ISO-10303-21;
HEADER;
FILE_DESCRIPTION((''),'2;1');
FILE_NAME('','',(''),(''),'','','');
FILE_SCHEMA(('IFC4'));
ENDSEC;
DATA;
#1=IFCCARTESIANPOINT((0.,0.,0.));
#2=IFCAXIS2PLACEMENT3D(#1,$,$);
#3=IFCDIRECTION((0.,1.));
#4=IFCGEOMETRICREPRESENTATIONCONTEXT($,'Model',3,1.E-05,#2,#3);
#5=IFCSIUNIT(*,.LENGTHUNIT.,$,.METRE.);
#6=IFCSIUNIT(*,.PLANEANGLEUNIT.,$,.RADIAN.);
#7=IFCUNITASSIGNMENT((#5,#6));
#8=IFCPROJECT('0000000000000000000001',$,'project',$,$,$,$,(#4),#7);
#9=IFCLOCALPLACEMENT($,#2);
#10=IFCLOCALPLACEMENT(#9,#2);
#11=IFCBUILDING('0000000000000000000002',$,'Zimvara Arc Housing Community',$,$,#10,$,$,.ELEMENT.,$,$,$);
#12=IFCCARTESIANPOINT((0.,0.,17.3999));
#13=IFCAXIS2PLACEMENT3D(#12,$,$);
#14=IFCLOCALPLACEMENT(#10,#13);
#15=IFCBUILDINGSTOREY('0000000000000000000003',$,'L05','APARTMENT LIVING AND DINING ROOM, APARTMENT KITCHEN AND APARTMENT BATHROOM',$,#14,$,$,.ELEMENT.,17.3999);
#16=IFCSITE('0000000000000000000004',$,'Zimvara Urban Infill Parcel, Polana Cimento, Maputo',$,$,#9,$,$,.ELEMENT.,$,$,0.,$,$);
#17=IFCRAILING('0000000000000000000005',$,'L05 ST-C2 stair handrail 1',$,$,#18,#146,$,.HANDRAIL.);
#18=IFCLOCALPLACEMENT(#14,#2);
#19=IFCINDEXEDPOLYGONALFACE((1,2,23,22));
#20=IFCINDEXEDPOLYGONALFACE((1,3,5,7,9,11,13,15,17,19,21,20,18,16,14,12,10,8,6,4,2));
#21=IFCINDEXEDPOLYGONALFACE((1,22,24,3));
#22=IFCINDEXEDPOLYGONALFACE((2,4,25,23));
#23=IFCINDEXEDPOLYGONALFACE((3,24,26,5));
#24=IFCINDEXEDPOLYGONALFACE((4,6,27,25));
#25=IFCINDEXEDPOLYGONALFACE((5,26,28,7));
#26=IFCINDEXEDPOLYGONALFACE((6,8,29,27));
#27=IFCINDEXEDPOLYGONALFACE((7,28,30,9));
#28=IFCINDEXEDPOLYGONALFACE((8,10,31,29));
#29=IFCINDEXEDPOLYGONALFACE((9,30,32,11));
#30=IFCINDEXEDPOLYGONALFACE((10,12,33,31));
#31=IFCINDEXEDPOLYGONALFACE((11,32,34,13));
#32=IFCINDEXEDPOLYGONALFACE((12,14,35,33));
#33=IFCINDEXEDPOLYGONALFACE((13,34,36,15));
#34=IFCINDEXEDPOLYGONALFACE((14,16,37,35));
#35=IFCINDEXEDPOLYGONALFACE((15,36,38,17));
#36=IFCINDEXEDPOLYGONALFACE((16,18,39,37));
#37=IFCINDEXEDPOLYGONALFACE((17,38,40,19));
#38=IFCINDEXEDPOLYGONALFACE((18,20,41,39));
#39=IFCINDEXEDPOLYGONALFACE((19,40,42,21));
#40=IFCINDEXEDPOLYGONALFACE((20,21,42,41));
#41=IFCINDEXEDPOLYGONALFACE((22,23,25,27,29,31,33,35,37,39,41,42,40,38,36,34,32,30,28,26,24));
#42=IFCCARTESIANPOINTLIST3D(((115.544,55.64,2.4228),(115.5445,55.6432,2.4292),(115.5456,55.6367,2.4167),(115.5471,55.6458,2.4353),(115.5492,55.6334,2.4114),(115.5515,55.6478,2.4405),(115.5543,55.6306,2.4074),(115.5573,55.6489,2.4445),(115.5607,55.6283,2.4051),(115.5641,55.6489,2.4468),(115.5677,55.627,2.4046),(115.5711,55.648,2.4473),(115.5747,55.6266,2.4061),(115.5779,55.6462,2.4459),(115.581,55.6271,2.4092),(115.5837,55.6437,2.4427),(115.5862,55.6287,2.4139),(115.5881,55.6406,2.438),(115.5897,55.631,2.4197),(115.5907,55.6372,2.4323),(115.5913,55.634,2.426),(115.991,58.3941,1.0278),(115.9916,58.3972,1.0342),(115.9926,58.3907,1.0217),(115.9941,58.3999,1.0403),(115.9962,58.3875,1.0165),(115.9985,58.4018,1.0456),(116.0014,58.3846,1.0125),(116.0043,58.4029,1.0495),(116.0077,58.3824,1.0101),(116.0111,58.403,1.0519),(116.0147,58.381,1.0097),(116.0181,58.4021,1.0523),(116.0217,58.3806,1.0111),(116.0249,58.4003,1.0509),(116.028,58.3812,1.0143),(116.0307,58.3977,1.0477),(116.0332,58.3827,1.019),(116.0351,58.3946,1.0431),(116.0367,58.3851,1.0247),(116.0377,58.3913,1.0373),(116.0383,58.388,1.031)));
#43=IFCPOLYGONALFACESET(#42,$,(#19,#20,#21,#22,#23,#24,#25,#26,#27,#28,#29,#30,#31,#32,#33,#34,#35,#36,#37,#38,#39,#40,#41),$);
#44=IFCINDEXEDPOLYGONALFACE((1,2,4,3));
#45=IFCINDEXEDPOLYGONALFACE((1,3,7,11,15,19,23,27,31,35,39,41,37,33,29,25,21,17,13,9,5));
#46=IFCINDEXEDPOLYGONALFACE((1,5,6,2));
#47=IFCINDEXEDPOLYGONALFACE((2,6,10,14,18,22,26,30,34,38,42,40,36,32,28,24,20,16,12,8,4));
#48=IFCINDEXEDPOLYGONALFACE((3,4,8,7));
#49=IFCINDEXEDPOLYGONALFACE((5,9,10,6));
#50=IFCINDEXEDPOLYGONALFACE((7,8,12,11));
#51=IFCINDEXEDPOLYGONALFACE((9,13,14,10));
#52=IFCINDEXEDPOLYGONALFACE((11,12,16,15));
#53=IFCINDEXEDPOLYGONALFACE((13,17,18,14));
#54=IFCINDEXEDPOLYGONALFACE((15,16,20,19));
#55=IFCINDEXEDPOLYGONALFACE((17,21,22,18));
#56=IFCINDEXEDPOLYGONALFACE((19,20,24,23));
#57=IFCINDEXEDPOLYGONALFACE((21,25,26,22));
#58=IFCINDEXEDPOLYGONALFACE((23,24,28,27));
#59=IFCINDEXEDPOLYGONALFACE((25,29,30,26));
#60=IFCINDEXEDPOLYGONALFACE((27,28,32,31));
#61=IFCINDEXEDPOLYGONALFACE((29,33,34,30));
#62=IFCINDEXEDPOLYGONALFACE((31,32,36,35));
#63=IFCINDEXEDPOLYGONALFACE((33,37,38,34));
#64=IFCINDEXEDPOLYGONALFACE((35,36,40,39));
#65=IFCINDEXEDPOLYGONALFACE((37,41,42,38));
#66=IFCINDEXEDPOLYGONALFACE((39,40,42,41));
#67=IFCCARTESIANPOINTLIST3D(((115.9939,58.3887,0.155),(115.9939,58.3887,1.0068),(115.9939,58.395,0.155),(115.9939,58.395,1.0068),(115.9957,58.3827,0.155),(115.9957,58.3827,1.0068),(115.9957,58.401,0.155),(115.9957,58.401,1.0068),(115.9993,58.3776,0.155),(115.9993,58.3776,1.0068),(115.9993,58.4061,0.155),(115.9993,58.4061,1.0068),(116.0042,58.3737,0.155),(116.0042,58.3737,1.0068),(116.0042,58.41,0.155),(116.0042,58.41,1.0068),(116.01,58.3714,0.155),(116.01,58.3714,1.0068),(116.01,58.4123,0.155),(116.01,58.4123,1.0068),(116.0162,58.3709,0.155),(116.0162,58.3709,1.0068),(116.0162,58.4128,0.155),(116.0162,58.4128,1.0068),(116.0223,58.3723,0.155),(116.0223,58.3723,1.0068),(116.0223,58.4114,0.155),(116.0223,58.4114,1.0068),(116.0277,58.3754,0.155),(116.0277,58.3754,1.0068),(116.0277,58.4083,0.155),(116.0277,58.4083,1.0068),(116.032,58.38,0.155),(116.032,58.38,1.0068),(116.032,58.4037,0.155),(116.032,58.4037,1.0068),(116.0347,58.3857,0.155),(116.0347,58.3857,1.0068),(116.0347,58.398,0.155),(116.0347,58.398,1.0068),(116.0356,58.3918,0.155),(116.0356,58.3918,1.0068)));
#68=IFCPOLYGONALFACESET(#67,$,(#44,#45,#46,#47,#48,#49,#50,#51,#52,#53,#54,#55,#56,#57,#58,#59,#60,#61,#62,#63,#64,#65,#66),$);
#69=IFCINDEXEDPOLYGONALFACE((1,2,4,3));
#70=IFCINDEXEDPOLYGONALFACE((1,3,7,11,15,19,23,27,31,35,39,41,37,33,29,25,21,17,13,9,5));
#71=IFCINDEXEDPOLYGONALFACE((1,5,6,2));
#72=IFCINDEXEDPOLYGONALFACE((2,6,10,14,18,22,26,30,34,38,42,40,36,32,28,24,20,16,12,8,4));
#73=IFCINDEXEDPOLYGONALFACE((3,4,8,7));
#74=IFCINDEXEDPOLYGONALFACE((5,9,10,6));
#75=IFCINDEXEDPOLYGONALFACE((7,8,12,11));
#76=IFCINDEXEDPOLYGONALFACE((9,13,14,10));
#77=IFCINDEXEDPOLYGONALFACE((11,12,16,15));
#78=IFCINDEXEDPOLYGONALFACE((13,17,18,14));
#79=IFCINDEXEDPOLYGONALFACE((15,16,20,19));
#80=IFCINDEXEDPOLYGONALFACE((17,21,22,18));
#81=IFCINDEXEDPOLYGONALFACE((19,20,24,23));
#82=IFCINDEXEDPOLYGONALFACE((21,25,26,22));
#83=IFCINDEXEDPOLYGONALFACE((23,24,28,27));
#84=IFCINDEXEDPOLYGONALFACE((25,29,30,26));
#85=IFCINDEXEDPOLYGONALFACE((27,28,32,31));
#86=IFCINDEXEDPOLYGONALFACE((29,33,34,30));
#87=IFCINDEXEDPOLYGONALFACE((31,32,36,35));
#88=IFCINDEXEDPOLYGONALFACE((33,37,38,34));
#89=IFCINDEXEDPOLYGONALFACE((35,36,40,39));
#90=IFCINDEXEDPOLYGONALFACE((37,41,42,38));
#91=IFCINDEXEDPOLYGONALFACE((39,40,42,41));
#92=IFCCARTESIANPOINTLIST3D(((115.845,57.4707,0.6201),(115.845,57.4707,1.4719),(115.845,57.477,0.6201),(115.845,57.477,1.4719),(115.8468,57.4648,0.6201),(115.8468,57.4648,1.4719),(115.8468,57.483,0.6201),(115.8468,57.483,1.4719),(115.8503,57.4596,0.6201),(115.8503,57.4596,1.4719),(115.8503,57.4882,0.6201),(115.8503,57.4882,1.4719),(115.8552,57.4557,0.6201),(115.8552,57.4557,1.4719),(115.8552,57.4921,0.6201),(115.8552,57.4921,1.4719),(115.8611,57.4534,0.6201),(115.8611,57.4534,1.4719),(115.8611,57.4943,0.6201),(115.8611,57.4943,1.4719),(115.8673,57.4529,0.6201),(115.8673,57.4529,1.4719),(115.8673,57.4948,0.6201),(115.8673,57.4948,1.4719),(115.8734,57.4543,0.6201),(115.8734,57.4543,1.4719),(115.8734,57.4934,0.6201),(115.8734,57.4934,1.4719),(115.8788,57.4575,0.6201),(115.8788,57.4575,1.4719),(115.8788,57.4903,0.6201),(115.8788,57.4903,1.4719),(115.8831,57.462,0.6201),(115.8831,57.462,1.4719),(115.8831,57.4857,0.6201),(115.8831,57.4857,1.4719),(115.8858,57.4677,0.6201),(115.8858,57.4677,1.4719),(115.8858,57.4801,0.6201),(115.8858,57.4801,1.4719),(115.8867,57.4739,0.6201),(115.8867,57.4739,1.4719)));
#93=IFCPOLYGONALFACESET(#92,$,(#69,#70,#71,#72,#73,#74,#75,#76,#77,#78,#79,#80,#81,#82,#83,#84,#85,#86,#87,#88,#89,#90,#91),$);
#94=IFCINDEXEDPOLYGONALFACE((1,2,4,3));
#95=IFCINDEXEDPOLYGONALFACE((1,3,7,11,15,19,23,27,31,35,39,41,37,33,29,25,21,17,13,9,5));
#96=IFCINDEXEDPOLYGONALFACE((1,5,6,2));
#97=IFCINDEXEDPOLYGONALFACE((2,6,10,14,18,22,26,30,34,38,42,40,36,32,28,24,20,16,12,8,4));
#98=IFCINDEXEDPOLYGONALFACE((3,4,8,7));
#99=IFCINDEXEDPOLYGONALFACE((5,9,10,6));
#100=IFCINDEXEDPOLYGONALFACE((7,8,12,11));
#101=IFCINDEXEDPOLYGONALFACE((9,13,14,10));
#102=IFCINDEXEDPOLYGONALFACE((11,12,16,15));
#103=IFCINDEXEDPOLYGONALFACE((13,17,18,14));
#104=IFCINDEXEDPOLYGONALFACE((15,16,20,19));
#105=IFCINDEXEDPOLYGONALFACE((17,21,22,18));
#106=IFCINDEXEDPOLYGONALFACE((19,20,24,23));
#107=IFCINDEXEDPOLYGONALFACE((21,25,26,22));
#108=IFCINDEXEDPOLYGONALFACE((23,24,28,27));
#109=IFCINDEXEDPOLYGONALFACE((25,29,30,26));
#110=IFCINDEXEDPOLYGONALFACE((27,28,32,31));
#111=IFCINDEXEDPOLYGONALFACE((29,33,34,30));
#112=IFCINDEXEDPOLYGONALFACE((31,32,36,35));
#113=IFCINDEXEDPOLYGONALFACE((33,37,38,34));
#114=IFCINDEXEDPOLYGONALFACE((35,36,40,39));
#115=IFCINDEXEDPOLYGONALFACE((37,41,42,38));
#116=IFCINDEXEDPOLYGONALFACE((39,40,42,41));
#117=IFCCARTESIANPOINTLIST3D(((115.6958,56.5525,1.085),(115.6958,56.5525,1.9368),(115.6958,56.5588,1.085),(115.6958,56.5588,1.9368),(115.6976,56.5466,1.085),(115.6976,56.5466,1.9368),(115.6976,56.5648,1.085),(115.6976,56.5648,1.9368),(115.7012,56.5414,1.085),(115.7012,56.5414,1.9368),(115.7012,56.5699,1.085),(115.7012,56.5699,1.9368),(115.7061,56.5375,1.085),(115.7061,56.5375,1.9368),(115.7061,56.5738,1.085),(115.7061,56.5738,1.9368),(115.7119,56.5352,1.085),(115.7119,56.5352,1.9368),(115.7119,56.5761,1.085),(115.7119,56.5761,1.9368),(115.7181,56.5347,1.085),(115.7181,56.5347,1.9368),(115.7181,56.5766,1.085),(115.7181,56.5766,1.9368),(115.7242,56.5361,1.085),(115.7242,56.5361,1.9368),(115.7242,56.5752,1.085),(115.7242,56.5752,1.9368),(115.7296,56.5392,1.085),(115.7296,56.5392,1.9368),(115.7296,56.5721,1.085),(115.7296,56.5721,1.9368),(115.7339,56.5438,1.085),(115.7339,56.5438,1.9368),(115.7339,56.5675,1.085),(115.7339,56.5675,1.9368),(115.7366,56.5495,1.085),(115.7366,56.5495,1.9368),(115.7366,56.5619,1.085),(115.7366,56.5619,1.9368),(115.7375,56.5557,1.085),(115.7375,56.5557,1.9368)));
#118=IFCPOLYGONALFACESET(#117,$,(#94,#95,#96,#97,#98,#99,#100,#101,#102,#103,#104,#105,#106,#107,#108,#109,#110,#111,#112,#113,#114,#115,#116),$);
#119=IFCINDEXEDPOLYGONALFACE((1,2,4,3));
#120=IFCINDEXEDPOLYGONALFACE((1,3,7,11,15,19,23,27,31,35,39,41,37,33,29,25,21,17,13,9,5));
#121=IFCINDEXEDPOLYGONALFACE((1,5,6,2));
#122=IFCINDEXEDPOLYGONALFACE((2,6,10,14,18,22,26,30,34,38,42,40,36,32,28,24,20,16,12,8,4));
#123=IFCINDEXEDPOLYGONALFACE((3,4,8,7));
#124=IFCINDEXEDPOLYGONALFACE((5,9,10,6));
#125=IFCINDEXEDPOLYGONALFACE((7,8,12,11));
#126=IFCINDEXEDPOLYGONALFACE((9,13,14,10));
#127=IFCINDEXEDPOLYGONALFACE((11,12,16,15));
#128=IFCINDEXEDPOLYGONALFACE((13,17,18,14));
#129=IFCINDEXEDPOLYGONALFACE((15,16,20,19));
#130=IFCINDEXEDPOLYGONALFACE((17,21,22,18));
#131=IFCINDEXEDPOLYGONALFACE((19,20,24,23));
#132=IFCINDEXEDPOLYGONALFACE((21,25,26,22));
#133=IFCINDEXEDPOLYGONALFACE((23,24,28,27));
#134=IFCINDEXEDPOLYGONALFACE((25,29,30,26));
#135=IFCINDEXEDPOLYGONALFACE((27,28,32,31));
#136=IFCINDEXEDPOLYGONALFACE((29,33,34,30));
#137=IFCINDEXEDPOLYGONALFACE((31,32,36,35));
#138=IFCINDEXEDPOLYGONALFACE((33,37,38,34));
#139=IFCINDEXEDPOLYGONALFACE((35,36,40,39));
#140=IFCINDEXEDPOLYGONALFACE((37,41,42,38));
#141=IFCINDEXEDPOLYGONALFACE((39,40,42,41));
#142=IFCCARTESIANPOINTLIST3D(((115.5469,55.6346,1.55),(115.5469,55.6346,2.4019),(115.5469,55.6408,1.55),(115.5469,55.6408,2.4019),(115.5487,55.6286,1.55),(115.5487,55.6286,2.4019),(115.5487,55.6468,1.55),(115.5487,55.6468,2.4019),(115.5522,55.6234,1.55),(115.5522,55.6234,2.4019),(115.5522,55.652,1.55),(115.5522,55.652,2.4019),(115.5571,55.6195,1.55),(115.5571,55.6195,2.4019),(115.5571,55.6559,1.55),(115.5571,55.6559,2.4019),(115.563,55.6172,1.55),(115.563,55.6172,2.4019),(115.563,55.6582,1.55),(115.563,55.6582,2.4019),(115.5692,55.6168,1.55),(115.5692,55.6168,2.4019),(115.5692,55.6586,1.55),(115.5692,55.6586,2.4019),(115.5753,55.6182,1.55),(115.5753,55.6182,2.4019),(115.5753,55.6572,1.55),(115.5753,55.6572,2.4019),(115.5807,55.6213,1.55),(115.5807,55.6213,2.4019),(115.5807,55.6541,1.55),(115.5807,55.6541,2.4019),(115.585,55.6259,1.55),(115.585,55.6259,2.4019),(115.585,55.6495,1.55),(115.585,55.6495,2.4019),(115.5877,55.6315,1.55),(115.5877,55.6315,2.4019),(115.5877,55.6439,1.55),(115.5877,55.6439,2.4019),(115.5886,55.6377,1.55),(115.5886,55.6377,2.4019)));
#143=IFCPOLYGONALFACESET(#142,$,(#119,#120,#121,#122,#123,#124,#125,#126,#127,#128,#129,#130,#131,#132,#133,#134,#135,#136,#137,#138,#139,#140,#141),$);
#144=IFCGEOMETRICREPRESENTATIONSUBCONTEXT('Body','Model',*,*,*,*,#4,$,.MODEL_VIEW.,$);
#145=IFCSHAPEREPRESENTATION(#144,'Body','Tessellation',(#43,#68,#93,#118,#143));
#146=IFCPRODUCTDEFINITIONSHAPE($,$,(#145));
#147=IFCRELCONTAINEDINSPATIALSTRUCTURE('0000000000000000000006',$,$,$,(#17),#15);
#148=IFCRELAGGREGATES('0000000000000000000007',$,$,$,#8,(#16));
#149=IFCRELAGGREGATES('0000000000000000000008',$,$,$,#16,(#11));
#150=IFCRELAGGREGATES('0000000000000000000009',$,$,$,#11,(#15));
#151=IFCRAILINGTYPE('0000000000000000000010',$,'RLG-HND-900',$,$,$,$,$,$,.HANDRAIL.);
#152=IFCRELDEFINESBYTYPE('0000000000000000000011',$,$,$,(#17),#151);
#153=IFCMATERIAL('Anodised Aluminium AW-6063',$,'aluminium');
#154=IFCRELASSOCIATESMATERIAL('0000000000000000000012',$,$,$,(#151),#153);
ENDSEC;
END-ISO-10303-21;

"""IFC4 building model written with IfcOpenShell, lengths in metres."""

from ifc_helpers import new_model, si_unit, direction, frame, origin, origin_2d, place, context, subcontext, project, spatial, circle, extrude, material, type_object, element, save


model = new_model("IFC4")

# Units and contexts
model_context = context("Model", 3, precision=1e-05, world=origin(), true_north=direction((0.0, 1.0)))
body_context = subcontext(model_context, "Body", "Model", "MODEL_VIEW")
ifc_project = project(units=[si_unit("LENGTHUNIT", "METRE"), si_unit("PLANEANGLEUNIT", "RADIAN")], contexts=[model_context])

# Site, building, storey
site_placement = place(None, origin())
site = spatial("IfcSite", under=ifc_project, at=site_placement, Name="Zimvara Urban Infill Parcel, Polana Cimento, Maputo", CompositionType="ELEMENT", RefElevation=0.0)
building_placement = place(site_placement, origin())
building = spatial("IfcBuilding", under=site, at=building_placement, Name="Zimvara Arc Housing Community", CompositionType="ELEMENT")
storey_placement = place(building_placement, frame((0.0, 0.0, 17.3999)))
storey = spatial("IfcBuildingStorey", under=building, at=storey_placement, Name="L05", Description="APARTMENT LIVING AND DINING ROOM, APARTMENT KITCHEN AND APARTMENT BATHROOM", CompositionType="ELEMENT", Elevation=17.3999)

# Railing
ifc_material_1 = material(Name="Anodised Aluminium AW-6063", Category="aluminium")
railing_type_1 = type_object("IfcRailingType", Name="RLG-HND-900", PredefinedType="HANDRAIL", material=ifc_material_1)
railing_1_placement = place(storey_placement, frame((116.0146, 58.3918, 0.155)))
element("IfcRailing", 1, at=railing_1_placement, inside=storey, type_object=railing_type_1, Name="L05 ST-C2 stair handrail 1", PredefinedType="HANDRAIL", context=body_context, shape_type="SweptSolid", body=[
    extrude(circle(Radius=0.0239, at=origin_2d()), frame((0.0, 0.0, 0.876), z_axis=(-0.143299, -0.882883, 0.447194), x_axis=(0.987083, -0.160212, 0.0)), (0.0, 0.0, 1.0), 3.1194),
    extrude(circle(Radius=0.021, at=origin_2d()), origin(), (0.0, 0.0, 1.0), 0.8518),
    extrude(circle(Radius=0.021, at=origin_2d()), frame((-0.1489, -0.918, 0.4651)), (0.0, 0.0, 1.0), 0.8518),
    extrude(circle(Radius=0.021, at=origin_2d()), frame((-0.2981, -1.8362, 0.9299)), (0.0, 0.0, 1.0), 0.8518),
    extrude(circle(Radius=0.021, at=origin_2d()), frame((-0.447, -2.7542, 1.395)), (0.0, 0.0, 1.0), 0.8518),
])

save(model, "model.ifc")
